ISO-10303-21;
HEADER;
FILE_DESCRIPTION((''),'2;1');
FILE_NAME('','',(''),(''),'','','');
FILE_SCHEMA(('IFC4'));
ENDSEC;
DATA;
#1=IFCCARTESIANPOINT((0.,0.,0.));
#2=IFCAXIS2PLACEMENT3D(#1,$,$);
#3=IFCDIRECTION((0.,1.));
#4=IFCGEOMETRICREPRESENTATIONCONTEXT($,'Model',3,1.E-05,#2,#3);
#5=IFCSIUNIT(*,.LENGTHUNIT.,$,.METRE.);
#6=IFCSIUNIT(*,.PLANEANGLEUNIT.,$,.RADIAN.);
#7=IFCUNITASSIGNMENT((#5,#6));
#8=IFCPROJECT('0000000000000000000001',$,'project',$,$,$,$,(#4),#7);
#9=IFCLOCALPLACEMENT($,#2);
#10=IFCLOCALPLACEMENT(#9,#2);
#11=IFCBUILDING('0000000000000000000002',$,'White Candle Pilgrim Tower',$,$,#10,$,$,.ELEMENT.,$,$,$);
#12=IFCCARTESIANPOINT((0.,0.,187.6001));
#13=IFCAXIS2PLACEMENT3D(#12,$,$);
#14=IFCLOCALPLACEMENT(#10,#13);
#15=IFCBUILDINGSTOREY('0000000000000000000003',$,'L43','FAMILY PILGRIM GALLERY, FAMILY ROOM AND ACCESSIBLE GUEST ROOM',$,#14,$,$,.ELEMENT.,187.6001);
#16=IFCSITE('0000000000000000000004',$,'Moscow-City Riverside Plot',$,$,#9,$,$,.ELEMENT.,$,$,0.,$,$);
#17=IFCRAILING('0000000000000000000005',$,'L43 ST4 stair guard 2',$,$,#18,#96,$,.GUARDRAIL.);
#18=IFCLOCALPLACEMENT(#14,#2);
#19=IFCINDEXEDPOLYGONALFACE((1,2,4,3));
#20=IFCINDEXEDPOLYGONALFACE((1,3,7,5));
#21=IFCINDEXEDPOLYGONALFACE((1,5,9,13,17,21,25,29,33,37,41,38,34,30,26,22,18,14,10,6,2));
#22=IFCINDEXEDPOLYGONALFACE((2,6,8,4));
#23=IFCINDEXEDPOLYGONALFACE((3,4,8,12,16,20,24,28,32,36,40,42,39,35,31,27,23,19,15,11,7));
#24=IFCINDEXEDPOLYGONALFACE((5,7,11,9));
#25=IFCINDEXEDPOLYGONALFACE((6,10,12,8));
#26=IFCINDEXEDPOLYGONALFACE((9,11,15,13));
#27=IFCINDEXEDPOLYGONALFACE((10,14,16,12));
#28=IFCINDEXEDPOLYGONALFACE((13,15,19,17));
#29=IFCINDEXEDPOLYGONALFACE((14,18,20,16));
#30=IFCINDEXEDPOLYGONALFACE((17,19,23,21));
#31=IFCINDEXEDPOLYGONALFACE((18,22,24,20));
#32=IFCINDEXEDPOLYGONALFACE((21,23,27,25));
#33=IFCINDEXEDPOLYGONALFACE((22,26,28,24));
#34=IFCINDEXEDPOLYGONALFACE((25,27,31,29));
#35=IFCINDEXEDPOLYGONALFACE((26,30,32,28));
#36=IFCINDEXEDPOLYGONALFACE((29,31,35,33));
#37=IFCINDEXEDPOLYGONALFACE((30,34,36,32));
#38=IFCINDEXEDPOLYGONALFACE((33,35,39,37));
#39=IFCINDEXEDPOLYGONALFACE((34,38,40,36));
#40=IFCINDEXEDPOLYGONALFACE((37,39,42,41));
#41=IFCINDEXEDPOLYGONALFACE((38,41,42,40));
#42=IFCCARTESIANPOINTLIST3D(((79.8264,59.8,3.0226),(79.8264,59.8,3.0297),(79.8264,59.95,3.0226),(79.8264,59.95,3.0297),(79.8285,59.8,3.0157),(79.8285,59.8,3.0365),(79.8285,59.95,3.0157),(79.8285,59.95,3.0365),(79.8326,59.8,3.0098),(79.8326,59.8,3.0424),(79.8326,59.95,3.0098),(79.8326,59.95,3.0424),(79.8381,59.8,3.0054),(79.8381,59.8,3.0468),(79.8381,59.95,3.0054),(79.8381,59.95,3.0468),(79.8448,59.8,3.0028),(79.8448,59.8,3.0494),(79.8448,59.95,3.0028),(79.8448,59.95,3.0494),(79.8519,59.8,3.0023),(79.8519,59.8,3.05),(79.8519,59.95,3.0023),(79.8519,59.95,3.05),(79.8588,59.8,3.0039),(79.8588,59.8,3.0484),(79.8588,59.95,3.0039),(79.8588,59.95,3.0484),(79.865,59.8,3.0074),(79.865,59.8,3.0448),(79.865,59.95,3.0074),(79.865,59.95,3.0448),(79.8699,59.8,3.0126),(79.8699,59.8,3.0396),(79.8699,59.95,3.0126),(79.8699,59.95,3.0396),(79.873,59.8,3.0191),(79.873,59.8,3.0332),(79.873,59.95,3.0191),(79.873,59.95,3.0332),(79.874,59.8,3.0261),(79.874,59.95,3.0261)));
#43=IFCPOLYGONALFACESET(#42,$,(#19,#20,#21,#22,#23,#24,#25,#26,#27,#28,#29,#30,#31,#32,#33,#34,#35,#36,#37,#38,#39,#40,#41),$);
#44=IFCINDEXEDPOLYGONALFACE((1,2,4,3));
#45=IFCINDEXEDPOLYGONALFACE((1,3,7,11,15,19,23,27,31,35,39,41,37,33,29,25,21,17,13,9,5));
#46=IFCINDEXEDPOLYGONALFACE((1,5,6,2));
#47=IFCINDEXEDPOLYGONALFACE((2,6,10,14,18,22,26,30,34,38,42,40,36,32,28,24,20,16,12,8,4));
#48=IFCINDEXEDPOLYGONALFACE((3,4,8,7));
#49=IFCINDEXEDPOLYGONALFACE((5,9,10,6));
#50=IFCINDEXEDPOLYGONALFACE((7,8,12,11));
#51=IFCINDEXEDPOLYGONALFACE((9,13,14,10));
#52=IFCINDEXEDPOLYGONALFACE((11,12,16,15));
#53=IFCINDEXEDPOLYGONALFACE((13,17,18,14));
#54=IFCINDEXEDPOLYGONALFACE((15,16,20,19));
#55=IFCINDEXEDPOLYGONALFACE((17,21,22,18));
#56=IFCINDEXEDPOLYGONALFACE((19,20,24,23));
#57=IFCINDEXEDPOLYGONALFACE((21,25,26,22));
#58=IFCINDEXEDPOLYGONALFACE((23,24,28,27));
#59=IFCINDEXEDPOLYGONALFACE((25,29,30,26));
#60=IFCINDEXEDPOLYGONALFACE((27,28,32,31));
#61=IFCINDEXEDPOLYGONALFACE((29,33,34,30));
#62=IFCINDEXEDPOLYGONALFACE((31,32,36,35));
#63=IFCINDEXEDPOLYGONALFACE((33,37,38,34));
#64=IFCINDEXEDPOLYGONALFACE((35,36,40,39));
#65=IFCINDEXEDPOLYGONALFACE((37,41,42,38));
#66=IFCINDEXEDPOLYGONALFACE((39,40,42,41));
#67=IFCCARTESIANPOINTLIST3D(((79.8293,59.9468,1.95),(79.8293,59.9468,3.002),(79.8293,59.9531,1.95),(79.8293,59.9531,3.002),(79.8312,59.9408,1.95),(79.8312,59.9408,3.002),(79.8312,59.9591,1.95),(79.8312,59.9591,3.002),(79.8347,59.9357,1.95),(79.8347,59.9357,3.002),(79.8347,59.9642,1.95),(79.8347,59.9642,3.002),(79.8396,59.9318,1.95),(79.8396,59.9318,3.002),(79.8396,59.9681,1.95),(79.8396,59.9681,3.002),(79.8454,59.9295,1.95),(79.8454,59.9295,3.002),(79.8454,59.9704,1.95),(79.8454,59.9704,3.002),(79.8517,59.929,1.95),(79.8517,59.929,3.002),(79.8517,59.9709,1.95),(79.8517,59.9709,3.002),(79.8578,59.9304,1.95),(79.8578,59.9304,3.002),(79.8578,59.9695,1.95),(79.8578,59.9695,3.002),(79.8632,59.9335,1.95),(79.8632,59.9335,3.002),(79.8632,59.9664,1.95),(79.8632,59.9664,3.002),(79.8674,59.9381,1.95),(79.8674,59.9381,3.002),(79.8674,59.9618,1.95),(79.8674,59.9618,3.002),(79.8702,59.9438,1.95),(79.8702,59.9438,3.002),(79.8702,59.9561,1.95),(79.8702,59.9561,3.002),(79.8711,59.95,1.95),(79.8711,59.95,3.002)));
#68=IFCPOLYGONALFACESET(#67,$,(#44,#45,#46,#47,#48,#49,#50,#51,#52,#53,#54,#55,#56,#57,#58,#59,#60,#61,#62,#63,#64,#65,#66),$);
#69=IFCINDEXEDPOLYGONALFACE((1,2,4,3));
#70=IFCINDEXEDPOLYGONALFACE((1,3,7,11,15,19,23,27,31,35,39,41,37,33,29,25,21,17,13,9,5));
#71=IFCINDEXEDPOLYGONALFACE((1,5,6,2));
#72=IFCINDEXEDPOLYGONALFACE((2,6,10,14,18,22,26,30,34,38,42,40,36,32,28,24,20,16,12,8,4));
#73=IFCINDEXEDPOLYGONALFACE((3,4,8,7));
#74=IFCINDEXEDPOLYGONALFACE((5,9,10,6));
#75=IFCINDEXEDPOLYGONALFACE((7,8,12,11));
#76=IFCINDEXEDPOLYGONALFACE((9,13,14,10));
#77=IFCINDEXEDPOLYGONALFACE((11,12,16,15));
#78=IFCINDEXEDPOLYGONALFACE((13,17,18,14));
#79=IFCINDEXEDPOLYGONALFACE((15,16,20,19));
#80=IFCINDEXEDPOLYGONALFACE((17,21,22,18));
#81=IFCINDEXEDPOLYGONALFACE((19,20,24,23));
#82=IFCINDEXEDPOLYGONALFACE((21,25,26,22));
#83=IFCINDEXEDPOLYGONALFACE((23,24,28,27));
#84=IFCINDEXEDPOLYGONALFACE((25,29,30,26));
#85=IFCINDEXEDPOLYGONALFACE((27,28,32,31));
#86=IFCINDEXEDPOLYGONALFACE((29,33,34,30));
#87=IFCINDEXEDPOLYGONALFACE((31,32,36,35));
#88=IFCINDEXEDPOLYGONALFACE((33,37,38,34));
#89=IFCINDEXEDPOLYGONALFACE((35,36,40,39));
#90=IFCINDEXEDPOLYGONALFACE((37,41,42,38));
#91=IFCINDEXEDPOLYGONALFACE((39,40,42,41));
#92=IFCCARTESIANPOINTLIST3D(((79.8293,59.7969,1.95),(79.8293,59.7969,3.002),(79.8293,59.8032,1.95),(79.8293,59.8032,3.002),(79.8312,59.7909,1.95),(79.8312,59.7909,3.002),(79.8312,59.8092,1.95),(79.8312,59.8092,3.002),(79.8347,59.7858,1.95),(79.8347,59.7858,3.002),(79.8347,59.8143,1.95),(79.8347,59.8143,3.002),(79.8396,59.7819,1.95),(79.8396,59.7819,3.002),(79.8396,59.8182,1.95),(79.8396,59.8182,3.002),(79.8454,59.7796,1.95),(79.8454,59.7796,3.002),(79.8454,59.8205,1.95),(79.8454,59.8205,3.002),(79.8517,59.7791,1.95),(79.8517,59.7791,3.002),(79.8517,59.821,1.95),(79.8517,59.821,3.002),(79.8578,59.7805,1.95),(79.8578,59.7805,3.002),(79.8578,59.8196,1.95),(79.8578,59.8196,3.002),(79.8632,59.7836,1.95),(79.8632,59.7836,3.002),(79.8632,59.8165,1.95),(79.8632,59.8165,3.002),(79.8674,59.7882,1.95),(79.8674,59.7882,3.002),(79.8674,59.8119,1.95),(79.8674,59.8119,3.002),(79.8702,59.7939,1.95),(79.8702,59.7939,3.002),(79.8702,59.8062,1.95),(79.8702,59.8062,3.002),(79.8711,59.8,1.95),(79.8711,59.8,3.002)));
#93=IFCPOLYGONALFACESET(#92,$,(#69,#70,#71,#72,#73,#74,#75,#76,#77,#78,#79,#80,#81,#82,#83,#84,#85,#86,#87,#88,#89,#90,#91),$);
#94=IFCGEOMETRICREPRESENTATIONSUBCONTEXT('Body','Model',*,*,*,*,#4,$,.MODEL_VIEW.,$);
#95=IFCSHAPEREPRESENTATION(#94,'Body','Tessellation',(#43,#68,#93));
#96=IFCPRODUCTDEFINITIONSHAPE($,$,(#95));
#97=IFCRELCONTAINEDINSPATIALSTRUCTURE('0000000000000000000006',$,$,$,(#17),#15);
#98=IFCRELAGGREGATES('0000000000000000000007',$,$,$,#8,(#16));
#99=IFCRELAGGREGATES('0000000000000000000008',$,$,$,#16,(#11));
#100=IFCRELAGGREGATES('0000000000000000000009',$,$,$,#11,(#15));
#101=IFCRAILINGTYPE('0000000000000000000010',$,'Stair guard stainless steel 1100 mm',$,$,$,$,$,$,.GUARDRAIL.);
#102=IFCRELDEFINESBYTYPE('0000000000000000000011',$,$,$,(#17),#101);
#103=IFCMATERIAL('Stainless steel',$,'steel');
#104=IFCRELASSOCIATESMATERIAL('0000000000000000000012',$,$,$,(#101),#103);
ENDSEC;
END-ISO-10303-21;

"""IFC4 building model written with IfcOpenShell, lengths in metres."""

from ifc_helpers import new_model, si_unit, direction, frame, origin, origin_2d, place, context, subcontext, project, spatial, circle, extrude, material, type_object, element, save


model = new_model("IFC4")

# Units and contexts
model_context = context("Model", 3, precision=1e-05, world=origin(), true_north=direction((0.0, 1.0)))
body_context = subcontext(model_context, "Body", "Model", "MODEL_VIEW")
ifc_project = project(units=[si_unit("LENGTHUNIT", "METRE"), si_unit("PLANEANGLEUNIT", "RADIAN")], contexts=[model_context])

# Site, building, storey
site_placement = place(None, origin())
site = spatial("IfcSite", under=ifc_project, at=site_placement, Name="Moscow-City Riverside Plot", CompositionType="ELEMENT", RefElevation=0.0)
building_placement = place(site_placement, origin())
building = spatial("IfcBuilding", under=site, at=building_placement, Name="White Candle Pilgrim Tower", CompositionType="ELEMENT")
storey_placement = place(building_placement, frame((0.0, 0.0, 187.6001)))
storey = spatial("IfcBuildingStorey", under=building, at=storey_placement, Name="L43", Description="FAMILY PILGRIM GALLERY, FAMILY ROOM AND ACCESSIBLE GUEST ROOM", CompositionType="ELEMENT", Elevation=187.6001)

# Railing
ifc_material_1 = material(Name="Stainless steel", Category="steel")
railing_type_1 = type_object("IfcRailingType", Name="Stair guard stainless steel 1100 mm", PredefinedType="GUARDRAIL", material=ifc_material_1)
railing_1_placement = place(storey_placement, frame((79.8501, 59.95, 1.95)))
element("IfcRailing", 1, at=railing_1_placement, inside=storey, type_object=railing_type_1, Name="L43 ST4 stair guard 2", PredefinedType="GUARDRAIL", context=body_context, shape_type="SweptSolid", body=[
    extrude(circle(Radius=0.0239, at=origin_2d()), frame((0.0, 0.0, 1.0762), z_axis=(0.0, -1.0, 0.0), x_axis=(1.0, 0.0, 0.0)), (0.0, 0.0, 1.0), 0.1499),
    extrude(circle(Radius=0.021, at=origin_2d()), origin(), (0.0, 0.0, 1.0), 1.052),
    extrude(circle(Radius=0.021, at=origin_2d()), frame((0.0, -0.1499, 0.0)), (0.0, 0.0, 1.0), 1.052),
])

save(model, "model.ifc")
